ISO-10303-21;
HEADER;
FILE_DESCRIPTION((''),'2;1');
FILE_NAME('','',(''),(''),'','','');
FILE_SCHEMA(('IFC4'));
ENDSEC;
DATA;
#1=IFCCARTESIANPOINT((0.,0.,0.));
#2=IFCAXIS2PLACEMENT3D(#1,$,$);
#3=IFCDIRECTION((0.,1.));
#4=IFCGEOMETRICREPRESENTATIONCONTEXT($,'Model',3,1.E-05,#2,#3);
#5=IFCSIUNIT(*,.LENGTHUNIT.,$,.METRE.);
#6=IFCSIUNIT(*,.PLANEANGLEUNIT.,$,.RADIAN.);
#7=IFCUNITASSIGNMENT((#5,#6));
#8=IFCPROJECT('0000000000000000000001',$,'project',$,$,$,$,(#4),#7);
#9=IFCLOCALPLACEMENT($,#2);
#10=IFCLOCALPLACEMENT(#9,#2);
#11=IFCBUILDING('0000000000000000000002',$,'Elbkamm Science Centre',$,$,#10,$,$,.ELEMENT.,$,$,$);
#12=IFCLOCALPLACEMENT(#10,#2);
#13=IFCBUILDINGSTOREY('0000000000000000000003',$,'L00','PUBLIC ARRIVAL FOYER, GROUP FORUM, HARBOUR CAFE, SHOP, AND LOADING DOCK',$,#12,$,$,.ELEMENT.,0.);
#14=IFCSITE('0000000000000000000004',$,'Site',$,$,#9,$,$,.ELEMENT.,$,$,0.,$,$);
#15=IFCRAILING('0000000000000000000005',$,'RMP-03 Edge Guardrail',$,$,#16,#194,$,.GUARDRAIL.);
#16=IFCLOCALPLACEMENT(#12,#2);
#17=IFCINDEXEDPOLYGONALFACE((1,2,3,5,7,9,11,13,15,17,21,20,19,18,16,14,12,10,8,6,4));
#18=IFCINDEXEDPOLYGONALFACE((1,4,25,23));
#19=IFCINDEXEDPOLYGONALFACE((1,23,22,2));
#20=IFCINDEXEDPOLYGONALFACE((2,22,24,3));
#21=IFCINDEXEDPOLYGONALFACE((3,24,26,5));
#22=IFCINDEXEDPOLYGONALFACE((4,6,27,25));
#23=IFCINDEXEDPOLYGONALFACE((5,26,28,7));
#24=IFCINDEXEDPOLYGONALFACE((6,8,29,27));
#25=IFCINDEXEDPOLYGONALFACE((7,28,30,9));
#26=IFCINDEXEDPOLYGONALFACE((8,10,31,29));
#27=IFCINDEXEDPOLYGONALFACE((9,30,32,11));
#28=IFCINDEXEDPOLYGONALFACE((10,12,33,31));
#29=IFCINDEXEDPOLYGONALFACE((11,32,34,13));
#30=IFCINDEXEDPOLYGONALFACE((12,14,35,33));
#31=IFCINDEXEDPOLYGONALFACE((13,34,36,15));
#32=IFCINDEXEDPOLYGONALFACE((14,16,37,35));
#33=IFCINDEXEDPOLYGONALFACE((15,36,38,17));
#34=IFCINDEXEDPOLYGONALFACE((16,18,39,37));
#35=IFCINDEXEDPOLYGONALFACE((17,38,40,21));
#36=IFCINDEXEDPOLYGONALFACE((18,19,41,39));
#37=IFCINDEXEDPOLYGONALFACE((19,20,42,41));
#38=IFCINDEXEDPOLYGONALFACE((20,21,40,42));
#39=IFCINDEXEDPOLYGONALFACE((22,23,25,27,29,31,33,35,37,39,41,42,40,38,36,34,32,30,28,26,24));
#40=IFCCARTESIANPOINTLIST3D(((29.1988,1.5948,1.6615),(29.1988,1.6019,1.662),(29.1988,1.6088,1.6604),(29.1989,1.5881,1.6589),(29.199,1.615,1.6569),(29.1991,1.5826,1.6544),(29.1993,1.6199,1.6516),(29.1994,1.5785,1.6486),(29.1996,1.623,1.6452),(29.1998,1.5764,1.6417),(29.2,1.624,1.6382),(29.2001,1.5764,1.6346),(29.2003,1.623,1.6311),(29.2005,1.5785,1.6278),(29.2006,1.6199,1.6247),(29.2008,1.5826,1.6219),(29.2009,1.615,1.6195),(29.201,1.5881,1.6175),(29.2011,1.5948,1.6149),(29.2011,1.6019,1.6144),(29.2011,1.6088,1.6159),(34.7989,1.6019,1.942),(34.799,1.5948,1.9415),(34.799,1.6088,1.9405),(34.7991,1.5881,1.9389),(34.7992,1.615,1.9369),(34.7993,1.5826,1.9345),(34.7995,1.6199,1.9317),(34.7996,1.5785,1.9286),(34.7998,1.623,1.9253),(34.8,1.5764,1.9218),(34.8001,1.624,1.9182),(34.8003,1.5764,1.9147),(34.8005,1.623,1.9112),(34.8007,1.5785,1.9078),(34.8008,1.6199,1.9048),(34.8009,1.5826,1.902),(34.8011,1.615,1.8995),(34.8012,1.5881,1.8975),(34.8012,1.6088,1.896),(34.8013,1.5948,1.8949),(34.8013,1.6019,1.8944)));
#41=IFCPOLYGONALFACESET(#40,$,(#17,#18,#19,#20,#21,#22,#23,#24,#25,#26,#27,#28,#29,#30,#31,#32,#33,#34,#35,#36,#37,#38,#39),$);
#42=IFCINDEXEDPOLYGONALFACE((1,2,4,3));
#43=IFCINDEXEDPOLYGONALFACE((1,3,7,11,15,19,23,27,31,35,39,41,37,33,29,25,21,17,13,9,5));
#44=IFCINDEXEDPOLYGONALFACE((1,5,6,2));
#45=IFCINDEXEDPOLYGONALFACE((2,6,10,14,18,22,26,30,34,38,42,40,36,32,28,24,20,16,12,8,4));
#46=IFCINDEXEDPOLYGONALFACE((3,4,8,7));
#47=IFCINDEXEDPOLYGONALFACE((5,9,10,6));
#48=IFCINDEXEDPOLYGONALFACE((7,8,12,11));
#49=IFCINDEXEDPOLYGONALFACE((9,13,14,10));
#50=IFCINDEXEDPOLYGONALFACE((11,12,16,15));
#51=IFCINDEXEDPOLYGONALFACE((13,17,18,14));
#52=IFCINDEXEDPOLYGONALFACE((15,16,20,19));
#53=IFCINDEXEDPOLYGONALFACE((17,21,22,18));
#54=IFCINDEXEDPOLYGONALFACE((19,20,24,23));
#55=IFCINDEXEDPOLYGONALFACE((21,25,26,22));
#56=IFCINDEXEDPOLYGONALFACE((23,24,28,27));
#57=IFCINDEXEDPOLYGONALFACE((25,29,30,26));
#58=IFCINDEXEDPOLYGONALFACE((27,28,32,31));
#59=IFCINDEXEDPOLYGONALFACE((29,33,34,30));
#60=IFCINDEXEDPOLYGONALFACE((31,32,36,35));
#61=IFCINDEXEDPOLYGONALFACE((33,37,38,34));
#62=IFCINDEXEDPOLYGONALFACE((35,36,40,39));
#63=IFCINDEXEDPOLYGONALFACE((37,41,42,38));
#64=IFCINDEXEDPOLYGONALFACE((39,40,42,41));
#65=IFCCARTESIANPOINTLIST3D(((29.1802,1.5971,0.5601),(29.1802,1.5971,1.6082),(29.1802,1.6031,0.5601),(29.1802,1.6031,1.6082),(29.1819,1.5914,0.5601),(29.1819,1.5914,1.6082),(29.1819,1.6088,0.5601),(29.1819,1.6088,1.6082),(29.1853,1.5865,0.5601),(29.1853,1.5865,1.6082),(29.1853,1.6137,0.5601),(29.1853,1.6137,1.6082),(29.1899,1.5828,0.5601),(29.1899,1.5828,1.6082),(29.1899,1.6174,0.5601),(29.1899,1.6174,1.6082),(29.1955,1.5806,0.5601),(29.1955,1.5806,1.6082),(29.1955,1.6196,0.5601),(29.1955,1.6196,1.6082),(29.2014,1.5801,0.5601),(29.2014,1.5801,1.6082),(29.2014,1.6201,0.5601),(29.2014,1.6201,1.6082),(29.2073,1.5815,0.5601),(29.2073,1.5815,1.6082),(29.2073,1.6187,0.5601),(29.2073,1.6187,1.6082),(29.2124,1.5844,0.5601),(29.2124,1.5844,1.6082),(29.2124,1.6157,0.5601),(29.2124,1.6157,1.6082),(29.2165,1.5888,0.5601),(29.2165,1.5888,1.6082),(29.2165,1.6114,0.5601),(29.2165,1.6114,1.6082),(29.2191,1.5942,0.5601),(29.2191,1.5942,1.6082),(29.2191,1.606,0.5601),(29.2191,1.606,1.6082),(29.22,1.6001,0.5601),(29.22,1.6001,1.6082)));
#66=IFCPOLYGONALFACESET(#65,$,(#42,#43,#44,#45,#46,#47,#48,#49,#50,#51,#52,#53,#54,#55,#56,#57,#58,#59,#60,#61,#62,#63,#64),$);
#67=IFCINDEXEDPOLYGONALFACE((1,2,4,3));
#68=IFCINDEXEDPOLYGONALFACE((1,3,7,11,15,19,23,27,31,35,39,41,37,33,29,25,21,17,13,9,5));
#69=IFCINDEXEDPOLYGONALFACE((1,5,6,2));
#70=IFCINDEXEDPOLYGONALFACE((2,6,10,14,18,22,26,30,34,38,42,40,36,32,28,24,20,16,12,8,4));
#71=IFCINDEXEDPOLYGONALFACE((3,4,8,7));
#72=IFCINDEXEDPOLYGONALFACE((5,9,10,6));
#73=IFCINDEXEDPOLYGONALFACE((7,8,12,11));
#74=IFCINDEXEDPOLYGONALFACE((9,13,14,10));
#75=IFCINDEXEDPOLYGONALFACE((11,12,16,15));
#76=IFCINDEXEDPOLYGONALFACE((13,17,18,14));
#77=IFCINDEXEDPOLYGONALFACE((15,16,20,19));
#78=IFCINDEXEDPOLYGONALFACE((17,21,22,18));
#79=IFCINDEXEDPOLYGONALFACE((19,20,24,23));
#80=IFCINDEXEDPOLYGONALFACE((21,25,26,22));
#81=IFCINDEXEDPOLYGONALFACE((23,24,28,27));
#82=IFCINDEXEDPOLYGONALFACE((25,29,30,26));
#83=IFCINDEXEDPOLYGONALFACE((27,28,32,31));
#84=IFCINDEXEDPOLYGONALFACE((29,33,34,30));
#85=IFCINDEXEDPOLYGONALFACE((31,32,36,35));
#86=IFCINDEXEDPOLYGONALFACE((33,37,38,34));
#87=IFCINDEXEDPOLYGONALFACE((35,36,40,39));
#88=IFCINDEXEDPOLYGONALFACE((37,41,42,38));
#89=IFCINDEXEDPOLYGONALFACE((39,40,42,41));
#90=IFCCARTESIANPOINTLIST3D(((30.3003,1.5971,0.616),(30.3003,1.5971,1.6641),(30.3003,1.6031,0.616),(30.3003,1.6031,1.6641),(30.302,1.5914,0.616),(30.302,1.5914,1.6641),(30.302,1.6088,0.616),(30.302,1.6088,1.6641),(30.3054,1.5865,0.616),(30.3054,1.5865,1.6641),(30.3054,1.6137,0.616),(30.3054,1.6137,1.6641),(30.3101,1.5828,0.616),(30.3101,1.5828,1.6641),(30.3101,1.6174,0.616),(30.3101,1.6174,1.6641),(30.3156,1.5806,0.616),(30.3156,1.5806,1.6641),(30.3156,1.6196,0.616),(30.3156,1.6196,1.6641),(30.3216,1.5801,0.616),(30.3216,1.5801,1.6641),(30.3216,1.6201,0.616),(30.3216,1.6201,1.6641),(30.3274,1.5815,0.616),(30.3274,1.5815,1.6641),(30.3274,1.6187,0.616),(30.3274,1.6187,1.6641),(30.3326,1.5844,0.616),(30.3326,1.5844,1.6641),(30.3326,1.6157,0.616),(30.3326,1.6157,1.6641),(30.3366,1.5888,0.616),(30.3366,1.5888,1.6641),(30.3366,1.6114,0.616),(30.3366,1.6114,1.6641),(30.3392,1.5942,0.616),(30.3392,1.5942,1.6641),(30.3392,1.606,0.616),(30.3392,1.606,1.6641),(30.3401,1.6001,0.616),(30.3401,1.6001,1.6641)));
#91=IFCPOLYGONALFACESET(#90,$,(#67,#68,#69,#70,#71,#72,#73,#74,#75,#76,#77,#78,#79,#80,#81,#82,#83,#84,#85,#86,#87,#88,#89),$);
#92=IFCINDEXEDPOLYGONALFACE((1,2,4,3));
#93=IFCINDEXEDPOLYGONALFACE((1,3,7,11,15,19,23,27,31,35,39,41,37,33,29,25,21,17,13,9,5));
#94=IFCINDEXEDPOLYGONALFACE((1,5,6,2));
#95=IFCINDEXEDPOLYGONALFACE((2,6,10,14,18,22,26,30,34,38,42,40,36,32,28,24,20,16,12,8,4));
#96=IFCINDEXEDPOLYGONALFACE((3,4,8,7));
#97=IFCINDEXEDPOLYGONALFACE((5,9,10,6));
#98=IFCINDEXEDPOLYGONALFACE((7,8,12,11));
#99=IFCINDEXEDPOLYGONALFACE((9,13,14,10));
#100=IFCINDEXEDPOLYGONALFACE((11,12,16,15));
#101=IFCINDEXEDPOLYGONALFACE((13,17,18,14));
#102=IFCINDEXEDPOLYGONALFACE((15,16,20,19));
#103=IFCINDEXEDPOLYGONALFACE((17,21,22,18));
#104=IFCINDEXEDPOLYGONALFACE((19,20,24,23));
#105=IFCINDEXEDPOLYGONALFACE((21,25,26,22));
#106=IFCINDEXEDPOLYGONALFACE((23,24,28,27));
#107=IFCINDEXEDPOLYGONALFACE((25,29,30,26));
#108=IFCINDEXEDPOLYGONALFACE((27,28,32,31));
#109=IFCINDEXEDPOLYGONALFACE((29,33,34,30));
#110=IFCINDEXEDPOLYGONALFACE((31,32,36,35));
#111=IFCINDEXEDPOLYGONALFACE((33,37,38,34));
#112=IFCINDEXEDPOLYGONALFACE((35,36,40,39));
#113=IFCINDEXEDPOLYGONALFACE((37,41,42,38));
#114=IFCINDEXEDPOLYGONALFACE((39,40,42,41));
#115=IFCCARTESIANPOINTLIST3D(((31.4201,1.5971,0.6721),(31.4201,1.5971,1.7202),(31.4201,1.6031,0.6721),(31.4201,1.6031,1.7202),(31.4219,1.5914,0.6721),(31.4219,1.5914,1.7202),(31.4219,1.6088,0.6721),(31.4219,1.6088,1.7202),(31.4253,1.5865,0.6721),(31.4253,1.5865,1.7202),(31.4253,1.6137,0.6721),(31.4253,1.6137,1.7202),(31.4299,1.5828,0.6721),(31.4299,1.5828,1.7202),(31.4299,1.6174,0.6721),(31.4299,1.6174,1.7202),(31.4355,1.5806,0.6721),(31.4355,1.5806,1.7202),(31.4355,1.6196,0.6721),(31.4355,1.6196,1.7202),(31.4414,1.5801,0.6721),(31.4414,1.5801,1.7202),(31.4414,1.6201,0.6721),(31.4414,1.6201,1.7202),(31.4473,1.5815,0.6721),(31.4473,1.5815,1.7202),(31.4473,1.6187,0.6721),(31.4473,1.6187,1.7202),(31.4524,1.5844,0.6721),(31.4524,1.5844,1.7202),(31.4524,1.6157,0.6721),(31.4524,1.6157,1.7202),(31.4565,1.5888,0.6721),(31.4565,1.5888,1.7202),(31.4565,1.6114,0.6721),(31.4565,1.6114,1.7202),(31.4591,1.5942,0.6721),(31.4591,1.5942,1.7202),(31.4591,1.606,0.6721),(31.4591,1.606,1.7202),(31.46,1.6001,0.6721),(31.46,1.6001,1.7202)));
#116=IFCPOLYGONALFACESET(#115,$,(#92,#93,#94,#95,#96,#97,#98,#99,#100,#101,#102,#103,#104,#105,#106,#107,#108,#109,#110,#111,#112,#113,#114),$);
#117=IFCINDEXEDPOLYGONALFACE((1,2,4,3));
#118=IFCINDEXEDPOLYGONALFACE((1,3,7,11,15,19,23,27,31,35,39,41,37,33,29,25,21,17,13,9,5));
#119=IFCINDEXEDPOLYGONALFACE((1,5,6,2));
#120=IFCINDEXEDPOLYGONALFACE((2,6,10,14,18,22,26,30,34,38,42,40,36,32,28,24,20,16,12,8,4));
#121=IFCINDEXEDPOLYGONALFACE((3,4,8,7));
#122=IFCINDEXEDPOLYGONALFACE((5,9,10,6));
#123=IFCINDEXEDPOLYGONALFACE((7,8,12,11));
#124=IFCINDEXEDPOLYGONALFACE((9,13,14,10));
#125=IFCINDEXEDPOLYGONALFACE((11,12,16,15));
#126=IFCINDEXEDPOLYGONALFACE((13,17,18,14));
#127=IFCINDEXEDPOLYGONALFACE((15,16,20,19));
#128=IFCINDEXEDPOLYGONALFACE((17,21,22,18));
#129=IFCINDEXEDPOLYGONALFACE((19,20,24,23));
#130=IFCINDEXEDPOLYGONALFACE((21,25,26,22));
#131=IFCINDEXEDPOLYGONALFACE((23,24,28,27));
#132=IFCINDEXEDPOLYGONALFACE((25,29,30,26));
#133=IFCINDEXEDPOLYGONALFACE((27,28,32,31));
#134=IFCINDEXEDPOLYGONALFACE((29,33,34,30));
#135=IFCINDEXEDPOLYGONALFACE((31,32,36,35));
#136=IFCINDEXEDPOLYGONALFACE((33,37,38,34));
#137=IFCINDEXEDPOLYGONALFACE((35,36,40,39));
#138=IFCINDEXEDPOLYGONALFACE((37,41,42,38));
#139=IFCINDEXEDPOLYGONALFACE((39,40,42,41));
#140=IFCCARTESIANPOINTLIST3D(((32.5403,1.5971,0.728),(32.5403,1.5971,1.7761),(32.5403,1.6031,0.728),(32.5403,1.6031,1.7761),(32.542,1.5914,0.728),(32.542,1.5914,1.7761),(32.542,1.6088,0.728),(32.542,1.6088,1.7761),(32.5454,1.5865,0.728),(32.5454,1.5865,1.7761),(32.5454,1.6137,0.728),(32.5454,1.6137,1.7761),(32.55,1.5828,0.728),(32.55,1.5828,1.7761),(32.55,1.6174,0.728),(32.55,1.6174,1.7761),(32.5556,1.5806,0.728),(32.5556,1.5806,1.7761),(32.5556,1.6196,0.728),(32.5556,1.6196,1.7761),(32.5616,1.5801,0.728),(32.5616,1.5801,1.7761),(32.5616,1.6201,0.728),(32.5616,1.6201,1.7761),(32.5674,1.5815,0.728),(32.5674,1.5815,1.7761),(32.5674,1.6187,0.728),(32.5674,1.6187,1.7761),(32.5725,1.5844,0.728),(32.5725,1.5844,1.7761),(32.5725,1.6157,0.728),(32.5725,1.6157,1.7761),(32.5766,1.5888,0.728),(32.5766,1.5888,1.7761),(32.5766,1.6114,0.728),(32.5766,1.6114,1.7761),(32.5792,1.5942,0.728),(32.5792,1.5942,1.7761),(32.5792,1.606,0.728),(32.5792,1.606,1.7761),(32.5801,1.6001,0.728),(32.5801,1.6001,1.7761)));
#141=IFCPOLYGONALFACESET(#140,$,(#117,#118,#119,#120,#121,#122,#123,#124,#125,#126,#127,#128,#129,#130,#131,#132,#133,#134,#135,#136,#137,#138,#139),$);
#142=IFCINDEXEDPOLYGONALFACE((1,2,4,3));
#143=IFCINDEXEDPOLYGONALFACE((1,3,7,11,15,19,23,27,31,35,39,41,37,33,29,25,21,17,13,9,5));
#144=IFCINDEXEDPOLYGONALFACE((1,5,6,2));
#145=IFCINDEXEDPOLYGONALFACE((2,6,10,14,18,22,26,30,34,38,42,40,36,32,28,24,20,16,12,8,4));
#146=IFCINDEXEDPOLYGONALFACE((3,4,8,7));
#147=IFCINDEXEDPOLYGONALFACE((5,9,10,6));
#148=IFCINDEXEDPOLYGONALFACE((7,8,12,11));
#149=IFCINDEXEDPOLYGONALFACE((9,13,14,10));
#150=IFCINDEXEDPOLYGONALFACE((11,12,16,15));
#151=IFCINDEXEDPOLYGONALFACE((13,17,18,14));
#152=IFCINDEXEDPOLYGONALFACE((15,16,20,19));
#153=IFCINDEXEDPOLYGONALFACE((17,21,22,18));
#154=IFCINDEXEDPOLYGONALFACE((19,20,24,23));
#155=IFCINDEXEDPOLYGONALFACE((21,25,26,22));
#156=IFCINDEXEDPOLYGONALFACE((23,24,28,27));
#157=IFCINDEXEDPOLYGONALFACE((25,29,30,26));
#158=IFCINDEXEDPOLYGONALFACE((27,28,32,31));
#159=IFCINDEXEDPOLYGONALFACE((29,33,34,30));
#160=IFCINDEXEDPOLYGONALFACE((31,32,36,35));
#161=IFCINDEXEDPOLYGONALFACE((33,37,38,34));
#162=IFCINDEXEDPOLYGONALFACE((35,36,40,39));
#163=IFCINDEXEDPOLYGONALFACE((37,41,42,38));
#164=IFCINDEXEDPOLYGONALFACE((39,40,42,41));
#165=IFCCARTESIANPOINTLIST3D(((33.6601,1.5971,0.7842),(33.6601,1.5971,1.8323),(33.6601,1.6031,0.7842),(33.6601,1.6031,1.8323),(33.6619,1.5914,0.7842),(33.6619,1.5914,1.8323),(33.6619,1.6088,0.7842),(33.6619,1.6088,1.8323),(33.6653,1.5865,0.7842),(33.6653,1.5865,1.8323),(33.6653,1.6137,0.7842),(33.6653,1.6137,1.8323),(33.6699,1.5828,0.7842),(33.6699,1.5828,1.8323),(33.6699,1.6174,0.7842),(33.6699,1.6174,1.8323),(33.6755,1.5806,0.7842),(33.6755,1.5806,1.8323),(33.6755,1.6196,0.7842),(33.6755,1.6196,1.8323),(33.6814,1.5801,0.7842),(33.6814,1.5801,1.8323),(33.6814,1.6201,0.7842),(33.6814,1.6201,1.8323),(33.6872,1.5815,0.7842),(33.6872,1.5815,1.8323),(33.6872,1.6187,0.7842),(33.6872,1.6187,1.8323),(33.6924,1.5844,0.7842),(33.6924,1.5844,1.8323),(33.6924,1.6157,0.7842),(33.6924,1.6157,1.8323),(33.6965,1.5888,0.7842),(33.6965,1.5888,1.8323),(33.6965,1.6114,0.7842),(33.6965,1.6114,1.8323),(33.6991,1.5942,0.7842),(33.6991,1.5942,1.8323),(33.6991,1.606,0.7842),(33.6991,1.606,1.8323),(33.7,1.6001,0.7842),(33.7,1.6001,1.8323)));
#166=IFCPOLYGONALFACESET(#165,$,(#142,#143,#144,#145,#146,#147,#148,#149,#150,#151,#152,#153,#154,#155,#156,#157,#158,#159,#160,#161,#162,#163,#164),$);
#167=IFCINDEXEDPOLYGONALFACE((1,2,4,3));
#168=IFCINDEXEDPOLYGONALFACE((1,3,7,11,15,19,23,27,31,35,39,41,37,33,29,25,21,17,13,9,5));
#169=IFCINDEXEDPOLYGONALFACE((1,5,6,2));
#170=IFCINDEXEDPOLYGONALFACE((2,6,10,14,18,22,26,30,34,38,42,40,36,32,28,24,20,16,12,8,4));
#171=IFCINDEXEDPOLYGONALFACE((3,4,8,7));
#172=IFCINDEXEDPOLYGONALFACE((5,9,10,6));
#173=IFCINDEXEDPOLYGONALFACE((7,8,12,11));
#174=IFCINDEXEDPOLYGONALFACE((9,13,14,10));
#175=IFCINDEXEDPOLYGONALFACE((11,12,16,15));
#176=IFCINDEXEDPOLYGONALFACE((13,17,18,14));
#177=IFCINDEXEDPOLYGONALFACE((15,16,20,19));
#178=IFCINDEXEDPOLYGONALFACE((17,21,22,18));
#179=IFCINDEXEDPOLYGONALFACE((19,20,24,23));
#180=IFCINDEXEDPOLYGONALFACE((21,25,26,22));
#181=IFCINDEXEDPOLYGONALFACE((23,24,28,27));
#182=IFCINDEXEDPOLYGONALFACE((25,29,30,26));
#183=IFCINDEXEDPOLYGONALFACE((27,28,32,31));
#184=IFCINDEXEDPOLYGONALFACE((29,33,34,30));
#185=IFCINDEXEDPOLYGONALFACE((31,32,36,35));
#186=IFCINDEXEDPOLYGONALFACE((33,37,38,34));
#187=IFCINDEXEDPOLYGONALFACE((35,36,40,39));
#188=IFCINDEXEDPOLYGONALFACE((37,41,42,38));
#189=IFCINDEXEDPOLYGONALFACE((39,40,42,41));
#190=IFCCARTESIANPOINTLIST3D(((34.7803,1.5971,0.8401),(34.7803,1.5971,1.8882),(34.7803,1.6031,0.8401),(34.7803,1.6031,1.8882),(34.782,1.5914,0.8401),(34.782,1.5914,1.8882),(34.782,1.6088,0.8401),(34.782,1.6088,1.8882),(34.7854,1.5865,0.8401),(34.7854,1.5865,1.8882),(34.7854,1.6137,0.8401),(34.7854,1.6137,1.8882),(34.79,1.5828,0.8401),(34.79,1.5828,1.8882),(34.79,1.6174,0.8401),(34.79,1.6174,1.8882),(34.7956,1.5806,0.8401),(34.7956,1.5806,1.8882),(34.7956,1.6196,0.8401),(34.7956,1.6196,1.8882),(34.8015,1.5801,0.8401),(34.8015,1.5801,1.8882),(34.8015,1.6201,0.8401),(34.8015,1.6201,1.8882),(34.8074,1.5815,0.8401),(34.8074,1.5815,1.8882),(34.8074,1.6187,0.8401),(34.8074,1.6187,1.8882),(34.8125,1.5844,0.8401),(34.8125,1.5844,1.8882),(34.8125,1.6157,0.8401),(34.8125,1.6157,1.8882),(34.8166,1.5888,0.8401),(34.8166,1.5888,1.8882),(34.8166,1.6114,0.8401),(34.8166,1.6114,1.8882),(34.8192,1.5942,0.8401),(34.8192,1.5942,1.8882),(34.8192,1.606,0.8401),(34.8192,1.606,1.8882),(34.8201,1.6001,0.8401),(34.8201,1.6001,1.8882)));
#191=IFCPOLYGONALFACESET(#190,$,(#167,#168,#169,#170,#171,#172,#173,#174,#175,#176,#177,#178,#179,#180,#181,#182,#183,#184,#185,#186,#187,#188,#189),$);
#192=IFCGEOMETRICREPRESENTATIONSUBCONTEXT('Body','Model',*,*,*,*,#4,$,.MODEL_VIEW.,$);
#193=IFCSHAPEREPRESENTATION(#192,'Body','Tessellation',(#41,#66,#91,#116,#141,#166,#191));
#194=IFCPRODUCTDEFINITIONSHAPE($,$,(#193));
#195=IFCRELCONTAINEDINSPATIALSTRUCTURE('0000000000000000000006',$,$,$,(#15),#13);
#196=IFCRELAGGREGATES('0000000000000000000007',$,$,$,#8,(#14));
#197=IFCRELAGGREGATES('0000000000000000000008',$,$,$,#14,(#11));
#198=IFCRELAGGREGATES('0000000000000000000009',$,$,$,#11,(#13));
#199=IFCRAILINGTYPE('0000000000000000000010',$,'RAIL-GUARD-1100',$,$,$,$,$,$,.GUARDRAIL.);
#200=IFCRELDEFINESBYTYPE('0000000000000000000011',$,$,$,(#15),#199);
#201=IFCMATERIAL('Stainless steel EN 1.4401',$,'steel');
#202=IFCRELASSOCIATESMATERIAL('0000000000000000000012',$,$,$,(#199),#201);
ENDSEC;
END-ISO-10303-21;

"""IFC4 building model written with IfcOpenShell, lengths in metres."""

from ifc_helpers import new_model, si_unit, direction, frame, origin, origin_2d, place, context, subcontext, project, spatial, circle, extrude, material, type_object, element, save


model = new_model("IFC4")

# Units and contexts
model_context = context("Model", 3, precision=1e-05, world=origin(), true_north=direction((0.0, 1.0)))
body_context = subcontext(model_context, "Body", "Model", "MODEL_VIEW")
ifc_project = project(units=[si_unit("LENGTHUNIT", "METRE"), si_unit("PLANEANGLEUNIT", "RADIAN")], contexts=[model_context])

# Site, building, storey
site_placement = place(None, origin())
site = spatial("IfcSite", under=ifc_project, at=site_placement, Name="Site", CompositionType="ELEMENT", RefElevation=0.0)
building_placement = place(site_placement, origin())
building = spatial("IfcBuilding", under=site, at=building_placement, Name="Elbkamm Science Centre", CompositionType="ELEMENT")
storey_placement = place(building_placement, origin())
storey = spatial("IfcBuildingStorey", under=building, at=storey_placement, Name="L00", Description="PUBLIC ARRIVAL FOYER, GROUP FORUM, HARBOUR CAFE, SHOP, AND LOADING DOCK", CompositionType="ELEMENT", Elevation=0.0)

# Railing
ifc_material_1 = material(Name="Stainless steel EN 1.4401", Category="steel")
railing_type_1 = type_object("IfcRailingType", Name="RAIL-GUARD-1100", PredefinedType="GUARDRAIL", material=ifc_material_1)
railing_1_placement = place(storey_placement, frame((29.2, 1.6001, 0.5601)))
element("IfcRailing", 1, at=railing_1_placement, inside=storey, type_object=railing_type_1, Name="RMP-03 Edge Guardrail", PredefinedType="GUARDRAIL", context=body_context, shape_type="SweptSolid", body=[
    extrude(circle(Radius=0.0239, at=origin_2d()), frame((0.0, 0.0, 1.0781), z_axis=(0.998752, 0.0, 0.049942), x_axis=(0.0, 1.0, 0.0)), (0.0, 0.0, 1.0), 5.6072),
    extrude(circle(Radius=0.02, at=origin_2d()), origin(), (0.0, 0.0, 1.0), 1.0481),
    extrude(circle(Radius=0.02, at=origin_2d()), frame((1.1201, 0.0, 0.0559)), (0.0, 0.0, 1.0), 1.0481),
    extrude(circle(Radius=0.02, at=origin_2d()), frame((2.24, 0.0, 0.1121)), (0.0, 0.0, 1.0), 1.0481),
    extrude(circle(Radius=0.02, at=origin_2d()), frame((3.3601, 0.0, 0.168)), (0.0, 0.0, 1.0), 1.0481),
    extrude(circle(Radius=0.02, at=origin_2d()), frame((4.48, 0.0, 0.2241)), (0.0, 0.0, 1.0), 1.0481),
    extrude(circle(Radius=0.02, at=origin_2d()), frame((5.6001, 0.0, 0.28)), (0.0, 0.0, 1.0), 1.0481),
])

save(model, "model.ifc")
